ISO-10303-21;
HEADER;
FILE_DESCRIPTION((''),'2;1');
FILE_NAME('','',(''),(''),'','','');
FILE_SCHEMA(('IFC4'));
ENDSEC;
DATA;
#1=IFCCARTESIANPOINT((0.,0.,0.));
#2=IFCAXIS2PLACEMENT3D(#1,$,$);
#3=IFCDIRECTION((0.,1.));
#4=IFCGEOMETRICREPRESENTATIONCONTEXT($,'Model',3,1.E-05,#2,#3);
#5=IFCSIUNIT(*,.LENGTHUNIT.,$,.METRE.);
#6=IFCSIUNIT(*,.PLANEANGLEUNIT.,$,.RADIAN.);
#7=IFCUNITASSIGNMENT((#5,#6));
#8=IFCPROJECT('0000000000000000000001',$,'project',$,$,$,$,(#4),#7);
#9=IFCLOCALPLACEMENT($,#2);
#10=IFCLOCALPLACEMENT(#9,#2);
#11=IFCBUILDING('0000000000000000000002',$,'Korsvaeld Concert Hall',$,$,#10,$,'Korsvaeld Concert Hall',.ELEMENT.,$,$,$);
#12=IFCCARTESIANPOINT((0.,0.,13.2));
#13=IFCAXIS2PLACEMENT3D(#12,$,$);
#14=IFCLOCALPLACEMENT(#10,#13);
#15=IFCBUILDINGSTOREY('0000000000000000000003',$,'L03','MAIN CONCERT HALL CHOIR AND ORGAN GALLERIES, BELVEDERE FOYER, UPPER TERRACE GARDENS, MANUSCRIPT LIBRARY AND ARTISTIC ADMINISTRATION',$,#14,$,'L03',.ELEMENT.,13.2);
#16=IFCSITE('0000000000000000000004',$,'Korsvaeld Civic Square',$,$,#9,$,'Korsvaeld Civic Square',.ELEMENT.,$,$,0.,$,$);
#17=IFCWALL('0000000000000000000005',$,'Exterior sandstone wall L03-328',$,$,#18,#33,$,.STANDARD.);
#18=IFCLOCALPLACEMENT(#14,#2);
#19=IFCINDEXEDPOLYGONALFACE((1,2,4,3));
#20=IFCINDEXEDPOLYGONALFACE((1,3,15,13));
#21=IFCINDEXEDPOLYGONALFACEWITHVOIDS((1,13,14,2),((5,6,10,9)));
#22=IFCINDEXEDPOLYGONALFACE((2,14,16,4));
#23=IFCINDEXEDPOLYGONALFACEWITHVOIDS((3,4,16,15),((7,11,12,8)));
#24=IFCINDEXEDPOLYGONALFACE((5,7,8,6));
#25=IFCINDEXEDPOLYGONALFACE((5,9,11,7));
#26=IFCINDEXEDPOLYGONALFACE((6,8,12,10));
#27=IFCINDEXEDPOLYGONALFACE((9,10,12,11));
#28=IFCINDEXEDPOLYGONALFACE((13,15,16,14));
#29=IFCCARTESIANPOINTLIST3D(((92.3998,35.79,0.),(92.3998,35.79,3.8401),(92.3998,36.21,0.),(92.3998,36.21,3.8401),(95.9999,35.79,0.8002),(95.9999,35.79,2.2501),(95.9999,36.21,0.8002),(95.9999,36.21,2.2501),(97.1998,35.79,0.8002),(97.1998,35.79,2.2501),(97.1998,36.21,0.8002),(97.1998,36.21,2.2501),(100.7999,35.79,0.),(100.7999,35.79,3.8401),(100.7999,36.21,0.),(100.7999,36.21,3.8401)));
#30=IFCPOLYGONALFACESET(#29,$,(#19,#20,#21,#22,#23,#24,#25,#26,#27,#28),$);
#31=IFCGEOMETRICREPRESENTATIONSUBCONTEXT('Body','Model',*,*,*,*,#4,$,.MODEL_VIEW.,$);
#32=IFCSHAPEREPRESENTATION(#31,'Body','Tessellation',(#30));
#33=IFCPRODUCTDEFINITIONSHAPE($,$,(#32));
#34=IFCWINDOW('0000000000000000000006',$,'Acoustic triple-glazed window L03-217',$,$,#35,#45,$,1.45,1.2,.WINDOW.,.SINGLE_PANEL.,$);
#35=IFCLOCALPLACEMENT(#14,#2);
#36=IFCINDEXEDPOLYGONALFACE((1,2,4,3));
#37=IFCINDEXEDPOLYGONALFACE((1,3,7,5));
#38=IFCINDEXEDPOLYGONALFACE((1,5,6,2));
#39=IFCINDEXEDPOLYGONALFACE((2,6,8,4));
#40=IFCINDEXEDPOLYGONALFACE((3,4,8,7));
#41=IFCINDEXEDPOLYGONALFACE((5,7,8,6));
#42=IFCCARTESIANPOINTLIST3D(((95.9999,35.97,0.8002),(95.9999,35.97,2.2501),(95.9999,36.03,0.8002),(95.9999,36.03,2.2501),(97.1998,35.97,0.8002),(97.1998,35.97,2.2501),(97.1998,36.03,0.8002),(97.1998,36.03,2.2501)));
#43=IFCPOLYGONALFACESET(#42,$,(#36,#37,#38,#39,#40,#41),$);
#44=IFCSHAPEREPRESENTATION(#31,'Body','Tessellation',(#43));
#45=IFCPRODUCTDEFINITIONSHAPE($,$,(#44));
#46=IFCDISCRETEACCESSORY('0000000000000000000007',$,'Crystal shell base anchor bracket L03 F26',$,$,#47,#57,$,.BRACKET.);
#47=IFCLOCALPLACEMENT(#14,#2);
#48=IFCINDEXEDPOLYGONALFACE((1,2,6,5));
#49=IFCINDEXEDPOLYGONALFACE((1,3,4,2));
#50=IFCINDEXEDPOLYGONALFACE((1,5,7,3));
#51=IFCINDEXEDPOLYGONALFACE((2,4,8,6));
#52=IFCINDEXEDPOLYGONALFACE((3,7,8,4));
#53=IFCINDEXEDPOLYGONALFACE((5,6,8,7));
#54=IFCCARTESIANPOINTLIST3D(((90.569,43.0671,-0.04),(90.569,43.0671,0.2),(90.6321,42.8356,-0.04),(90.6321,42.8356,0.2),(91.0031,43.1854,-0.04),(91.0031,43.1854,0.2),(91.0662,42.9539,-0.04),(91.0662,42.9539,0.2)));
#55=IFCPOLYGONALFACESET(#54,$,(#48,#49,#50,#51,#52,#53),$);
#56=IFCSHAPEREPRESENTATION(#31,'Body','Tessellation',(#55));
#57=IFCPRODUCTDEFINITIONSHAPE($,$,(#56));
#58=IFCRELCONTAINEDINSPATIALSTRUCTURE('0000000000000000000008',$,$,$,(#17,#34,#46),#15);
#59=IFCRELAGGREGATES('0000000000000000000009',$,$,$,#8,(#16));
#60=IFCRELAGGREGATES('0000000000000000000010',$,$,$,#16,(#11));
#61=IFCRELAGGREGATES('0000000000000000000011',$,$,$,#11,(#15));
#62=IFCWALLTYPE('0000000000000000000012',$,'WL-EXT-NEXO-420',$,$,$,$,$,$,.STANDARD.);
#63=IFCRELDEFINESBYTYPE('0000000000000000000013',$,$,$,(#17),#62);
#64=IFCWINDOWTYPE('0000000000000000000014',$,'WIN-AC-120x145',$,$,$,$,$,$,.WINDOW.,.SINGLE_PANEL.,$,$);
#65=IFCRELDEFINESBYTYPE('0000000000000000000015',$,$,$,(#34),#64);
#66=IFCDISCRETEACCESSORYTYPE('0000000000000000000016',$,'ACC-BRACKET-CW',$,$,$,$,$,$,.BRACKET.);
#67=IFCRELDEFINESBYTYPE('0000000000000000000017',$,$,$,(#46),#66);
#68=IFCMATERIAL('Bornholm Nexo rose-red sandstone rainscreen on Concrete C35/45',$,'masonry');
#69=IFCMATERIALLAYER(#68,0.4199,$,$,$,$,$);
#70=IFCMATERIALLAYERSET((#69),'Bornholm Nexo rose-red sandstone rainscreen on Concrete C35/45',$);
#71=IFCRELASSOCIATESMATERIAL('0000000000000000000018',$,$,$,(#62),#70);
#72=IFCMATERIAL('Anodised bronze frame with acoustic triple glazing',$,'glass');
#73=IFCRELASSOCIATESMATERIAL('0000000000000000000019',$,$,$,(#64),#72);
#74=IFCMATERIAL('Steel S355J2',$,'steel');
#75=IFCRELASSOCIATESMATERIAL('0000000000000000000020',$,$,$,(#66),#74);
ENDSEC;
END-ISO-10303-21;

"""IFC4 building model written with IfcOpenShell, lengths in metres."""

from ifc_helpers import new_model, si_unit, direction, frame, frame_2d, origin, origin_2d, place, context, subcontext, project, spatial, rectangle, extrude, material, layer, layer_set, type_object, element, fill, save


model = new_model("IFC4")

# Units and contexts
model_context = context("Model", 3, precision=1e-05, world=origin(), true_north=direction((0.0, 1.0)))
body_context = subcontext(model_context, "Body", "Model", "MODEL_VIEW")
ifc_project = project(units=[si_unit("LENGTHUNIT", "METRE"), si_unit("PLANEANGLEUNIT", "RADIAN")], contexts=[model_context])

# Site, building, storey
site_placement = place(None, origin())
site = spatial("IfcSite", under=ifc_project, at=site_placement, Name="Korsvaeld Civic Square", LongName="Korsvaeld Civic Square", CompositionType="ELEMENT", RefElevation=0.0)
building_placement = place(site_placement, origin())
building = spatial("IfcBuilding", under=site, at=building_placement, Name="Korsvaeld Concert Hall", LongName="Korsvaeld Concert Hall", CompositionType="ELEMENT")
storey_placement = place(building_placement, frame((0.0, 0.0, 13.2)))
storey = spatial("IfcBuildingStorey", under=building, at=storey_placement, Name="L03", Description="MAIN CONCERT HALL CHOIR AND ORGAN GALLERIES, BELVEDERE FOYER, UPPER TERRACE GARDENS, MANUSCRIPT LIBRARY AND ARTISTIC ADMINISTRATION", LongName="L03", CompositionType="ELEMENT", Elevation=13.2)

# Wall, opening, window
ifc_material_1 = material(Name="Anodised bronze frame with acoustic triple glazing", Category="glass")
ifc_material_2 = material(Name="Bornholm Nexo rose-red sandstone rainscreen on Concrete C35/45", Category="masonry")
ifc_layer_1 = layer(ifc_material_2, 0.4199)
ifc_layer_set_1 = layer_set([ifc_layer_1], Name="Bornholm Nexo rose-red sandstone rainscreen on Concrete C35/45")
wall_type_1 = type_object("IfcWallType", Name="WL-EXT-NEXO-420", PredefinedType="STANDARD", material=ifc_layer_set_1)
wall_1_placement = place(storey_placement, frame((100.8, 36.0, 0.0), z_axis=(0.0, 0.0, 1.0), x_axis=(-1.0, 0.0, 0.0)))
wall_1 = element("IfcWall", 1, at=wall_1_placement, inside=storey, type_object=wall_type_1, Name="Exterior sandstone wall L03-328", PredefinedType="STANDARD", context=body_context, shape_type="SweptSolid", body=[
    extrude(rectangle(XDim=8.4001, YDim=0.4199, at=frame_2d((4.2002, 0.0))), origin(), (0.0, 0.0, 1.0), 3.8401),
])
opening_1_placement = place(wall_1_placement, frame((3.6001, 0.0, 0.8)))
opening_1 = element("IfcOpeningElement", 2, at=opening_1_placement, cuts=wall_1, PredefinedType="OPENING", context=body_context, shape_type="SweptSolid", body=[
    extrude(rectangle(XDim=1.2, YDim=1.45, at=frame_2d((0.6001, 0.7251))), frame((0.0, 0.22, 0.0), z_axis=(0.0, -1.0, 0.0), x_axis=(1.0, 0.0, 0.0)), (0.0, 0.0, 1.0), 0.4399),
])
window_type_1 = type_object("IfcWindowType", Name="WIN-AC-120x145", PartitioningType="SINGLE_PANEL", PredefinedType="WINDOW", material=ifc_material_1)
window_1_placement = place(opening_1_placement, origin())
window_1 = element("IfcWindow", 3, at=window_1_placement, inside=storey, type_object=window_type_1, Name="Acoustic triple-glazed window L03-217", OverallHeight=1.45, OverallWidth=1.2, PartitioningType="SINGLE_PANEL", PredefinedType="WINDOW", context=body_context, shape_type="SweptSolid", body=[
    extrude(rectangle(XDim=1.2, YDim=1.45, at=frame_2d((0.6001, 0.7251))), frame((0.0, 0.03, 0.0), z_axis=(0.0, -1.0, 0.0), x_axis=(1.0, 0.0, 0.0)), (0.0, 0.0, 1.0), 0.0601),
])
fill(opening_1, window_1)

# Discrete accessory
ifc_material_3 = material(Name="Steel S355J2", Category="steel")
discrete_accessory_type = type_object("IfcDiscreteAccessoryType", Name="ACC-BRACKET-CW", PredefinedType="BRACKET", material=ifc_material_3)
discrete_accessory_placement = place(storey_placement, frame((90.8176, 43.0105, -0.04), z_axis=(0.0, 0.0, 1.0), x_axis=(0.964833, 0.262863, 0.0)))
element("IfcDiscreteAccessory", 4, at=discrete_accessory_placement, inside=storey, type_object=discrete_accessory_type, Name="Crystal shell base anchor bracket L03 F26", PredefinedType="BRACKET", context=body_context, shape_type="SweptSolid", body=[
    extrude(rectangle(XDim=0.45, YDim=0.24, at=origin_2d()), origin(), (0.0, 0.0, 1.0), 0.24),
])

save(model, "model.ifc")
